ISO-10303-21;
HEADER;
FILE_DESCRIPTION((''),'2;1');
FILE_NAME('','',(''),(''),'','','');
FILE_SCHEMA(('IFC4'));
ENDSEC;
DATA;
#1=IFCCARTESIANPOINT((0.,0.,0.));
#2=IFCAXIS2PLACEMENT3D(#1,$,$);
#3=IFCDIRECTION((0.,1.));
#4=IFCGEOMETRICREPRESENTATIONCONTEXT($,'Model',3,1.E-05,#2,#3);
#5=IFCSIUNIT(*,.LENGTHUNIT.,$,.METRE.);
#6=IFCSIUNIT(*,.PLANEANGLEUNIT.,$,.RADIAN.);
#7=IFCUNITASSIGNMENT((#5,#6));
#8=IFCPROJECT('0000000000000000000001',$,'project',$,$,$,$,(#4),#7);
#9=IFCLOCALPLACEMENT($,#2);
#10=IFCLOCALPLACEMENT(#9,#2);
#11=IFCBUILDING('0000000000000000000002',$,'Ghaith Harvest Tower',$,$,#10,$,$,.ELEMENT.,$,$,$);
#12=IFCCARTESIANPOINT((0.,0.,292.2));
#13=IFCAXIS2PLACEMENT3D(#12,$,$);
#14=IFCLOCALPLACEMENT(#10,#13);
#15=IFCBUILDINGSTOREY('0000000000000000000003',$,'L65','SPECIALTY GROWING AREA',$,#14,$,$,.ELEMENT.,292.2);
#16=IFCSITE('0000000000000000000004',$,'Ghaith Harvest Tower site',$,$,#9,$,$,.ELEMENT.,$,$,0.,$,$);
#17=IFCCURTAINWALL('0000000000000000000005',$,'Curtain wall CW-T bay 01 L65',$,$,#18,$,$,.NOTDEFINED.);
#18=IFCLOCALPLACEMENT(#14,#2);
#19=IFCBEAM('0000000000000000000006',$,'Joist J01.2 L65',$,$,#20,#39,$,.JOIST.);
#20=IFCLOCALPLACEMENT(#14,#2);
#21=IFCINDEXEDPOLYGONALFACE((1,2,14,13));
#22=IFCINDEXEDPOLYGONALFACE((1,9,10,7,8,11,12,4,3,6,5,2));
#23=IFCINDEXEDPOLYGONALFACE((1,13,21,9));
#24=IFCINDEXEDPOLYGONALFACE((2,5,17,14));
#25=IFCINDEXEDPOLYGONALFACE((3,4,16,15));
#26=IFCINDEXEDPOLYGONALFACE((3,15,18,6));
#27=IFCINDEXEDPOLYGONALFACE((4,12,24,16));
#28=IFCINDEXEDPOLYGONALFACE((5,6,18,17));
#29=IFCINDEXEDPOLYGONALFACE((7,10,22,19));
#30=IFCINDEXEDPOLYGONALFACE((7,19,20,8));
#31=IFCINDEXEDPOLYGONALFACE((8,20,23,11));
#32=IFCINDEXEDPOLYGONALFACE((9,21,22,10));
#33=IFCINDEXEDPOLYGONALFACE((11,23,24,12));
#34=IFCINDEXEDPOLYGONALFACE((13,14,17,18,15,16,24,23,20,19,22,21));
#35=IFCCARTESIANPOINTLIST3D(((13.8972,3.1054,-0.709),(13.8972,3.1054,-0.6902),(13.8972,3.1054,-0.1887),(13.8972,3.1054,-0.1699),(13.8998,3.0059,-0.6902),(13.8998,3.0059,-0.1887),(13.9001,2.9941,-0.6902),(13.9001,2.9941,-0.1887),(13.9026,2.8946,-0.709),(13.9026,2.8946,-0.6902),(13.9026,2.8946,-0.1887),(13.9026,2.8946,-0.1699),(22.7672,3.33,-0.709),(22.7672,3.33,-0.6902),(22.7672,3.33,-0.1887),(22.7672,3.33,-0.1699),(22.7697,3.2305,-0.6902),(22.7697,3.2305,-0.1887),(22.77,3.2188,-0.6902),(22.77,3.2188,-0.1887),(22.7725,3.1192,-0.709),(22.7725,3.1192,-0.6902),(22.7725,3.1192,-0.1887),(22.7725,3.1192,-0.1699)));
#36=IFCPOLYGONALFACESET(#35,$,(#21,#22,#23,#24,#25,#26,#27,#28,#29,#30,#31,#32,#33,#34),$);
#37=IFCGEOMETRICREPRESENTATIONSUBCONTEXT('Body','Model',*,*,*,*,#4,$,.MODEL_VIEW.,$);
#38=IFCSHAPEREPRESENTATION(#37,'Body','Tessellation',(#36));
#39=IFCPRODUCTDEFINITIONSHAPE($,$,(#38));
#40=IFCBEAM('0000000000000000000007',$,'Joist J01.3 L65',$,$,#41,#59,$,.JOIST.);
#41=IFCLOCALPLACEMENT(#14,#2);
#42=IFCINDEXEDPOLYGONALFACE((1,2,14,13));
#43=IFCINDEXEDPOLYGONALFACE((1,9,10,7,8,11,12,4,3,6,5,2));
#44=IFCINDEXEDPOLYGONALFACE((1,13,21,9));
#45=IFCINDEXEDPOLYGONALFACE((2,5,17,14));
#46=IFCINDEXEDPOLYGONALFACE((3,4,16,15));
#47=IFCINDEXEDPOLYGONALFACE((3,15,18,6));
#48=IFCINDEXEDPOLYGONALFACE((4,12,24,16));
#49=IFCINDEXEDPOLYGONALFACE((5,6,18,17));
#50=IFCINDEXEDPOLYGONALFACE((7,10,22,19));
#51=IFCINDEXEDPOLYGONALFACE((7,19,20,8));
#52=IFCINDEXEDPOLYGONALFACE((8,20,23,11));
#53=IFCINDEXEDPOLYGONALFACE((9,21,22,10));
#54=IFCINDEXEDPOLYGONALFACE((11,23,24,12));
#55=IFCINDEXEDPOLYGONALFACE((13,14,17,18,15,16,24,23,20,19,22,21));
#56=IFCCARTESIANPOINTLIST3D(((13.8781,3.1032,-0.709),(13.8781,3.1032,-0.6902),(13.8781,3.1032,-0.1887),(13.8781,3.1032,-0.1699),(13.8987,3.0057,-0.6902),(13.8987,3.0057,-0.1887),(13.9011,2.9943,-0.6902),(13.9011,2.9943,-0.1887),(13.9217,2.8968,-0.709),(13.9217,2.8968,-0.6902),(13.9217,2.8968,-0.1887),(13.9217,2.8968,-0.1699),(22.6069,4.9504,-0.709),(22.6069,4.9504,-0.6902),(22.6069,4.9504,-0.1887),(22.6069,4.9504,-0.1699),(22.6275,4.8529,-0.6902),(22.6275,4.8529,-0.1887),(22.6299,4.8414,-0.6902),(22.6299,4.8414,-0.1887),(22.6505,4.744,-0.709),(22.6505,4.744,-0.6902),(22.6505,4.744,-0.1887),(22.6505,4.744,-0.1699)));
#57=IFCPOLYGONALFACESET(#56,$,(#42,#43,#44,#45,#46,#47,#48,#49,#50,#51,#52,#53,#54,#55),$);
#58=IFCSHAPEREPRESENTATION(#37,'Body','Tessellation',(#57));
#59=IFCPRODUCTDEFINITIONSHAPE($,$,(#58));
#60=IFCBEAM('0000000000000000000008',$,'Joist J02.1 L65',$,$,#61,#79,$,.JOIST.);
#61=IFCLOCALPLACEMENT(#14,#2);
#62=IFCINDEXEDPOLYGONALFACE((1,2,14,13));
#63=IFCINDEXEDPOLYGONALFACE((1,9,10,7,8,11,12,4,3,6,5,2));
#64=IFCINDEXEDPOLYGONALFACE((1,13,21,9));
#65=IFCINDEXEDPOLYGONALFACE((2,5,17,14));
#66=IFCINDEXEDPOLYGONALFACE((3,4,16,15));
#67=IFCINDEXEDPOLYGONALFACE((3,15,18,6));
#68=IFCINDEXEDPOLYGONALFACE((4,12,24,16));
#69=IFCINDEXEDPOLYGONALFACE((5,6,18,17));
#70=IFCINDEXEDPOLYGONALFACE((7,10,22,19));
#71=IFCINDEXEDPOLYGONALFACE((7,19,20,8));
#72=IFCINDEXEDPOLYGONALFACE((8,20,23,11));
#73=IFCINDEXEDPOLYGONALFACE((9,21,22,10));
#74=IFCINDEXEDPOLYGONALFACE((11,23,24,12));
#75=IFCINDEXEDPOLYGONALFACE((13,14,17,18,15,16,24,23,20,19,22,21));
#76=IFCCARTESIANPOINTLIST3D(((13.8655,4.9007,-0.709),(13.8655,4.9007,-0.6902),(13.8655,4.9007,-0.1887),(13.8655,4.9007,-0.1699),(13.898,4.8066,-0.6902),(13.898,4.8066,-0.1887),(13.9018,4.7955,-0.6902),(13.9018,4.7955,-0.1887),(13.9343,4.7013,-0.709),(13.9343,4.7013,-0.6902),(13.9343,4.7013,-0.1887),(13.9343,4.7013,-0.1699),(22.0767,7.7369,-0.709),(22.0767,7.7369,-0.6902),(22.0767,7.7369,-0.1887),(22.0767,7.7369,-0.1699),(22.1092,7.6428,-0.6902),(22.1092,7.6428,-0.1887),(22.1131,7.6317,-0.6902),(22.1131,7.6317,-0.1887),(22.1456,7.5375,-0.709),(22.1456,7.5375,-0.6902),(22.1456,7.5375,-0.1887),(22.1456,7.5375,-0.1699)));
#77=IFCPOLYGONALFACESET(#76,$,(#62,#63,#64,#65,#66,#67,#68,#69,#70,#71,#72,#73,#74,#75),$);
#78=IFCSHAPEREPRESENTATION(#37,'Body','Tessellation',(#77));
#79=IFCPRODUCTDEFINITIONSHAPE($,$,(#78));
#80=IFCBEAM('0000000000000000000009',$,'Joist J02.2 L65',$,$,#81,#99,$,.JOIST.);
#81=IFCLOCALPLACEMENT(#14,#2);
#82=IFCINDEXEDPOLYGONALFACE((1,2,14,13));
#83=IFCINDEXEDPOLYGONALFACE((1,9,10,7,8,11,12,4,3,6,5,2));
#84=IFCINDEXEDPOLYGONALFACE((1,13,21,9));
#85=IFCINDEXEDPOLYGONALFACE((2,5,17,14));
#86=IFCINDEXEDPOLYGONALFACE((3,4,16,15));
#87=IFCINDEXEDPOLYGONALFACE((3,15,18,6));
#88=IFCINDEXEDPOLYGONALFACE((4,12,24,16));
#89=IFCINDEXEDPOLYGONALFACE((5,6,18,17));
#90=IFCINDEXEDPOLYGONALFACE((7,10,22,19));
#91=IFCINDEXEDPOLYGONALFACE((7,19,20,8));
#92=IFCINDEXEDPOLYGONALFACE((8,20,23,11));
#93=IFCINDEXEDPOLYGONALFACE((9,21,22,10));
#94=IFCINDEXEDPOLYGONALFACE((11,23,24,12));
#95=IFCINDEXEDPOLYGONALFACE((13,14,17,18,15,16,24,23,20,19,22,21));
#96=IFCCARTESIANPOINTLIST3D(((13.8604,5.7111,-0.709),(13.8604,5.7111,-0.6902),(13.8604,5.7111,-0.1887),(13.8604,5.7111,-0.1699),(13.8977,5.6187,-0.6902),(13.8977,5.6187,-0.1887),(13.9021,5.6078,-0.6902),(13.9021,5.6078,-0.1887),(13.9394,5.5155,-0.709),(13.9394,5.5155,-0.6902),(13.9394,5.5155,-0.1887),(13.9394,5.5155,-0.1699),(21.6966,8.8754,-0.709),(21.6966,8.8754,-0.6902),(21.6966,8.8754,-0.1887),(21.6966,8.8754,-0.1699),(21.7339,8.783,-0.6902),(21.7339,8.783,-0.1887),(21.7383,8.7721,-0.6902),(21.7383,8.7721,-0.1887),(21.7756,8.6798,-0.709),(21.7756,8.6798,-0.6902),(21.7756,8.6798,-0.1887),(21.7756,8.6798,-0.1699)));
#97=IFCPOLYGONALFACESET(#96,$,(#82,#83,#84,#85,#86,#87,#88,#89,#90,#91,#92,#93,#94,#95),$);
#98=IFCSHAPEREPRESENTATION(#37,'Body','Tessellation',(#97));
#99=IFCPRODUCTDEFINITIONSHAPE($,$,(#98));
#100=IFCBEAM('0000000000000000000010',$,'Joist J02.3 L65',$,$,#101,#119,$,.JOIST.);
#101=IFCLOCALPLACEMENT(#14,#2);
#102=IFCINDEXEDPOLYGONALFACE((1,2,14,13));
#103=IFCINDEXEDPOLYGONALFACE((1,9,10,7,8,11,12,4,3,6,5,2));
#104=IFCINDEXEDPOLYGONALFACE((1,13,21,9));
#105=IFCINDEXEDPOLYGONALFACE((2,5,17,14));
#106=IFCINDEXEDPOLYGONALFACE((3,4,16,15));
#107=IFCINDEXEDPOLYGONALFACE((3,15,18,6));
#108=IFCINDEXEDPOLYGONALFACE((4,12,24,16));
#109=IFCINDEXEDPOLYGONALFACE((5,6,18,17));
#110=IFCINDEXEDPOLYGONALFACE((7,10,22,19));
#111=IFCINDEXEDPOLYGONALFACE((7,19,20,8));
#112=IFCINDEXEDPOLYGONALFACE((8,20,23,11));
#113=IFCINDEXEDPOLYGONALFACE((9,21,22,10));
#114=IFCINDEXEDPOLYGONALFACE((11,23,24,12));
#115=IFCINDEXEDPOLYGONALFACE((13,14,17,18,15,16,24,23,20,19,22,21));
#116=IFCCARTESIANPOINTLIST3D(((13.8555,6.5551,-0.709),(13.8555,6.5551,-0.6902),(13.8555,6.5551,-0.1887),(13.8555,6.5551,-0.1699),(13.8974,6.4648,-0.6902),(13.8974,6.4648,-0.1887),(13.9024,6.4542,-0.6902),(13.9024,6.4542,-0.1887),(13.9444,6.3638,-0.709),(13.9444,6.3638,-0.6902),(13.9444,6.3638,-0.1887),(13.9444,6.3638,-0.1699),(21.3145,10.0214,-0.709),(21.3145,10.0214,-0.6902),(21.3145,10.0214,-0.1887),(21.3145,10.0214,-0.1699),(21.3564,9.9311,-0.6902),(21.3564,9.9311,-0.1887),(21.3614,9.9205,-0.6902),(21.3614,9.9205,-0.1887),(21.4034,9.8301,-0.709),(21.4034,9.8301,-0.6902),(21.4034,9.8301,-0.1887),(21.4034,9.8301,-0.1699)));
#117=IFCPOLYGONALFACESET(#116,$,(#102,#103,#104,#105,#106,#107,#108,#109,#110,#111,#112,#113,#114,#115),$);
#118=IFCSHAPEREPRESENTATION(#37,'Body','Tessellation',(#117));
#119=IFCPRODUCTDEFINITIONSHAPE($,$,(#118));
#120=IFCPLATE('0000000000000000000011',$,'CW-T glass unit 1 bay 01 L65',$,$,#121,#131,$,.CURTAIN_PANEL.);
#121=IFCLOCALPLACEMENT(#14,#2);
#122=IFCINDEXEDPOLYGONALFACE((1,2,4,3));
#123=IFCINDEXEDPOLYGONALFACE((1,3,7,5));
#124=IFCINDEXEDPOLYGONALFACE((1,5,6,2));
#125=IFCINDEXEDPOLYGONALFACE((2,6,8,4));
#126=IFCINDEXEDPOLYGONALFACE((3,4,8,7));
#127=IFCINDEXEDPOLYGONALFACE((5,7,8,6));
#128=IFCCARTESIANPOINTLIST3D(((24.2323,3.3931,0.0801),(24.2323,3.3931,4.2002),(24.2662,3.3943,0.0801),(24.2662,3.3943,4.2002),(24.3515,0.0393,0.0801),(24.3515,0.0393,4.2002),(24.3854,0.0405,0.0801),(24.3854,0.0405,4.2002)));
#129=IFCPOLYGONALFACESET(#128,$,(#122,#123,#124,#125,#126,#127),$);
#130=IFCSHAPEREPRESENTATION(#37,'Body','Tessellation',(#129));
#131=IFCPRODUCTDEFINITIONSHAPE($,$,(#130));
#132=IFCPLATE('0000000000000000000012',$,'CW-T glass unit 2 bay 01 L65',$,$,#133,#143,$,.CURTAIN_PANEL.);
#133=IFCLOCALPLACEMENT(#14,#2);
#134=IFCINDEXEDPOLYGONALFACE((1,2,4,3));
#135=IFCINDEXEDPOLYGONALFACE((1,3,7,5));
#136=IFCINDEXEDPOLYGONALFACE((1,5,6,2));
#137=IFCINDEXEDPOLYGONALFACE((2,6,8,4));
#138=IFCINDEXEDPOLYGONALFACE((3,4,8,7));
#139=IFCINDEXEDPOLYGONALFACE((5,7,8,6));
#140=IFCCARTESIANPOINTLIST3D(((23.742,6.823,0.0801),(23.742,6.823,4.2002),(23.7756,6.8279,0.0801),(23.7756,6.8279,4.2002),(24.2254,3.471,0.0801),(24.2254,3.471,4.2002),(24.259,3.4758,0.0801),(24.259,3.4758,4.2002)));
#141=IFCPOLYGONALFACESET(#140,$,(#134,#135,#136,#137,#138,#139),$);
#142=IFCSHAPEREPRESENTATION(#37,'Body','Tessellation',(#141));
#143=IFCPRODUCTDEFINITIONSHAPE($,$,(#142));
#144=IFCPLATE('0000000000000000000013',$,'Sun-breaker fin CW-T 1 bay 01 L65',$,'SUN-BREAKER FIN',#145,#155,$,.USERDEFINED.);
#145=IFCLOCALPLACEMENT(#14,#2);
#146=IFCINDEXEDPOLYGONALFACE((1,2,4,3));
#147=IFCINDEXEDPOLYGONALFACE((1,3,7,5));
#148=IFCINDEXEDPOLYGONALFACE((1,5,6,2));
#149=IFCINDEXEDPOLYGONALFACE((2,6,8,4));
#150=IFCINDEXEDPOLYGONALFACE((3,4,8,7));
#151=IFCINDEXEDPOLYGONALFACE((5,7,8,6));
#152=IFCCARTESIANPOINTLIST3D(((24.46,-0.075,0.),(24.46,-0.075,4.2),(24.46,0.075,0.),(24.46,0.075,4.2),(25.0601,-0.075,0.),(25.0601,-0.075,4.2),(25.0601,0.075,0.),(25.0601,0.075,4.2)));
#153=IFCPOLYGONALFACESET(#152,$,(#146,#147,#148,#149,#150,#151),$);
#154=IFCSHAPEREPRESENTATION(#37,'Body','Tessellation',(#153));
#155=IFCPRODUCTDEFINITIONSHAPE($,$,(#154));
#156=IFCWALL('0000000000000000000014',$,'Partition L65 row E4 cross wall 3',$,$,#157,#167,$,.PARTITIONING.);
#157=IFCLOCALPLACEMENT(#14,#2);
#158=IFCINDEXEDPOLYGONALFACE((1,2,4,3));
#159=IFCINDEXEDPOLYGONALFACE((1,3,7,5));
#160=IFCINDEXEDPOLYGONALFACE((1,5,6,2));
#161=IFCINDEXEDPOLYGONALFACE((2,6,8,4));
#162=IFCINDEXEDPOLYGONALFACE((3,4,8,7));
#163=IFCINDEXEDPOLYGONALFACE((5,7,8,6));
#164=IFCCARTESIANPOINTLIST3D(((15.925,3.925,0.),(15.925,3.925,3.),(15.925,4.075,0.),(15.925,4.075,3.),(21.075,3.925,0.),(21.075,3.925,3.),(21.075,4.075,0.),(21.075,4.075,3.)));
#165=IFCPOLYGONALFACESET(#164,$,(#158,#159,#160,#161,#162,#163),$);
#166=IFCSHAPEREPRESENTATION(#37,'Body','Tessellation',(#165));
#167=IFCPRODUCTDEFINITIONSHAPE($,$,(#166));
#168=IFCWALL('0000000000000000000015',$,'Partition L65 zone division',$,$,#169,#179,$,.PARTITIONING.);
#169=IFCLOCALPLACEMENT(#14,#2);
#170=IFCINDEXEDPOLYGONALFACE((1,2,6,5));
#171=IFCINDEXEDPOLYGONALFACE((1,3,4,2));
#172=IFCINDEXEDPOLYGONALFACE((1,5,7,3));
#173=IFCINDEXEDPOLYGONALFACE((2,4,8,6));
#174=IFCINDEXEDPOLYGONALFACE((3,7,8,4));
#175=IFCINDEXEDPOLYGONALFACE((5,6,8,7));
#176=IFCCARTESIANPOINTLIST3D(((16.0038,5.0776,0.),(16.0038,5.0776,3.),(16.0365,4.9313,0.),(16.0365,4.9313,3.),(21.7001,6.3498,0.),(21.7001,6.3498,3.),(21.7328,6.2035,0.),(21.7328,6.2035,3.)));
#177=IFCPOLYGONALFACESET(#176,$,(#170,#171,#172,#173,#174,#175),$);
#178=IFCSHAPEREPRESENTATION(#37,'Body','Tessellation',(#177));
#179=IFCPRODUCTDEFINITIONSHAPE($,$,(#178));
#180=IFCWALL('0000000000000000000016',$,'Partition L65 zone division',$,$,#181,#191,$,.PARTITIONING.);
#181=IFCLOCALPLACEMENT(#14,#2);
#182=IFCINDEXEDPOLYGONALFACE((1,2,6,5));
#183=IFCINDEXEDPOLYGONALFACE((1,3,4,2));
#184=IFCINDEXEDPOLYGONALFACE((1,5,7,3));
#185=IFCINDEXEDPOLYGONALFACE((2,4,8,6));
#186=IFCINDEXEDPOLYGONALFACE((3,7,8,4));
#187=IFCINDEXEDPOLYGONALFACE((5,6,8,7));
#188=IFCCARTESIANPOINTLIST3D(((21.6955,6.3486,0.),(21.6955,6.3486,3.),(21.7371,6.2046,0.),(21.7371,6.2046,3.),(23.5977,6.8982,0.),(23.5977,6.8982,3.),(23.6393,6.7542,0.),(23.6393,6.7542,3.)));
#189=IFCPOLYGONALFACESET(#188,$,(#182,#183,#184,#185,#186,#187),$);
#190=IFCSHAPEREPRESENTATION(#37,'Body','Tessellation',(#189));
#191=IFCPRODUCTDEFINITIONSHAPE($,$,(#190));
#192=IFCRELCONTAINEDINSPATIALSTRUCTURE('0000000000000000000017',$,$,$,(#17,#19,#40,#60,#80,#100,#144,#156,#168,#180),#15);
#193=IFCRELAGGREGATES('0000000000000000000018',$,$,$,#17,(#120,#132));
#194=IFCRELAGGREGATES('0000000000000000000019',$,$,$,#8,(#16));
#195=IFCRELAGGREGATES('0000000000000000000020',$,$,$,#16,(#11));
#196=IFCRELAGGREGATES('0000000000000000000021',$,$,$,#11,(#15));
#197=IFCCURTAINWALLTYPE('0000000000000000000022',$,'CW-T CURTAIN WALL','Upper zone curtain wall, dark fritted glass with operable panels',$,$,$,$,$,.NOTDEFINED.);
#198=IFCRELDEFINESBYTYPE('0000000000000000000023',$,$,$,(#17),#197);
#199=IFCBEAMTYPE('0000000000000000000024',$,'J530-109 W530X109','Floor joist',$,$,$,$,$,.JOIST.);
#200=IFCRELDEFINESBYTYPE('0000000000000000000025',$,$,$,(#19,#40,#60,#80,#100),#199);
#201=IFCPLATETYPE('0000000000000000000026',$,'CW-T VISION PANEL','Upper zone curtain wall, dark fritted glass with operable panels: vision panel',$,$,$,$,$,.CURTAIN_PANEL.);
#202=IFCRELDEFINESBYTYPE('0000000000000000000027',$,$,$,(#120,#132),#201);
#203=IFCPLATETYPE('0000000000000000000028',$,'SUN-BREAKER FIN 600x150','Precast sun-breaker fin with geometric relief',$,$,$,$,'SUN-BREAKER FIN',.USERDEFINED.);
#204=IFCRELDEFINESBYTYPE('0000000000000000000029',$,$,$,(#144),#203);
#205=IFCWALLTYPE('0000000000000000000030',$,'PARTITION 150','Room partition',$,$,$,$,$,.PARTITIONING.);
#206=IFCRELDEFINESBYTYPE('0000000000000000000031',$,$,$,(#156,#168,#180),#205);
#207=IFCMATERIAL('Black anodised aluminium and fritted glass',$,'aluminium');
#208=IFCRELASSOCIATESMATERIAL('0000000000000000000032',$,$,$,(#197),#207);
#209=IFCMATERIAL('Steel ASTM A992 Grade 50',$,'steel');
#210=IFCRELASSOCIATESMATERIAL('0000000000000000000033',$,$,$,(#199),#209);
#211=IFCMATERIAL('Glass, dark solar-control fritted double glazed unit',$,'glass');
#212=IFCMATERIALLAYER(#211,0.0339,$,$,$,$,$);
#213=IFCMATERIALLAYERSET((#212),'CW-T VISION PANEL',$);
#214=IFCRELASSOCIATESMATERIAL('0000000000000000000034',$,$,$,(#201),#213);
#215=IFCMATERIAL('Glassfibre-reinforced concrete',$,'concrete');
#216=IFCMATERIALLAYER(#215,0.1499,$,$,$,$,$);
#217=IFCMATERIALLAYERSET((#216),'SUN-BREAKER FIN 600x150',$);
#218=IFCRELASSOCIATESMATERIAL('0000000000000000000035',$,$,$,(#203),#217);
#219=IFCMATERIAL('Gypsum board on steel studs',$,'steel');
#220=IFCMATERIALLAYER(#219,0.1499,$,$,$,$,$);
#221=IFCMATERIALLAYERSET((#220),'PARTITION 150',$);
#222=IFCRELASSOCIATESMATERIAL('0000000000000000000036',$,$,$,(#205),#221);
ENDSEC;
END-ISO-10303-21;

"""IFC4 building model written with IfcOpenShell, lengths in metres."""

from ifc_helpers import new_model, si_unit, direction, frame, frame_2d, origin, origin_2d, place, context, subcontext, project, spatial, rectangle, i_section, extrude, material, layer, layer_set, material_profile, profile_set, type_object, element, aggregate, save


model = new_model("IFC4")

# Units and contexts
model_context = context("Model", 3, precision=1e-05, world=origin(), true_north=direction((0.0, 1.0)))
body_context = subcontext(model_context, "Body", "Model", "MODEL_VIEW")
ifc_project = project(units=[si_unit("LENGTHUNIT", "METRE"), si_unit("PLANEANGLEUNIT", "RADIAN")], contexts=[model_context])

# Site, building, storey
site_placement = place(None, origin())
site = spatial("IfcSite", under=ifc_project, at=site_placement, Name="Ghaith Harvest Tower site", CompositionType="ELEMENT", RefElevation=0.0)
building_placement = place(site_placement, origin())
building = spatial("IfcBuilding", under=site, at=building_placement, Name="Ghaith Harvest Tower", CompositionType="ELEMENT")
storey_placement = place(building_placement, frame((0.0, 0.0, 292.2)))
storey = spatial("IfcBuildingStorey", under=building, at=storey_placement, Name="L65", Description="SPECIALTY GROWING AREA", CompositionType="ELEMENT", Elevation=292.2)

# Curtain wall
ifc_material_1 = material(Name="Black anodised aluminium and fritted glass", Category="aluminium")
curtain_wall_type = type_object("IfcCurtainWallType", Name="CW-T CURTAIN WALL", Description="Upper zone curtain wall, dark fritted glass with operable panels", PredefinedType="NOTDEFINED", material=ifc_material_1)
curtain_wall_placement = place(storey_placement, origin())
curtain_wall = element("IfcCurtainWall", 1, at=curtain_wall_placement, inside=storey, type_object=curtain_wall_type, Name="Curtain wall CW-T bay 01 L65", PredefinedType="NOTDEFINED")

# Beams
ifc_material_2 = material(Name="Steel ASTM A992 Grade 50", Category="steel")
ifc_material_profile_1 = material_profile(ifc_material_2, i_section(OverallWidth=0.2109, OverallDepth=0.5391, WebThickness=0.0117, FlangeThickness=0.0188, at=origin_2d()), Name="W530X109")
ifc_profile_set_1 = profile_set([ifc_material_profile_1], Name="Steel ASTM A992 Grade 50")
beam_type_1 = type_object("IfcBeamType", Name="J530-109 W530X109", Description="Floor joist", PredefinedType="JOIST", material=ifc_profile_set_1)
beam_1_placement = place(storey_placement, frame((13.8999, 3.0, -0.4395), z_axis=(0.99968, 0.025315, 0.0), x_axis=(-0.025315, 0.99968, 0.0)))
element("IfcBeam", 2, at=beam_1_placement, inside=storey, type_object=beam_type_1, Name="Joist J01.2 L65", PredefinedType="JOIST", context=body_context, shape_type="SweptSolid", body=[
    extrude(i_section(OverallWidth=0.2109, OverallDepth=0.5391, WebThickness=0.0117, FlangeThickness=0.0188, at=origin_2d()), origin(), (0.0, 0.0, 1.0), 8.8728),
])
beam_2_placement = place(storey_placement, frame((13.8999, 3.0, -0.4395), z_axis=(0.978334, 0.207034, 0.0), x_axis=(-0.207034, 0.978334, 0.0)))
element("IfcBeam", 3, at=beam_2_placement, inside=storey, type_object=beam_type_1, Name="Joist J01.3 L65", PredefinedType="JOIST", context=body_context, shape_type="SweptSolid", body=[
    extrude(i_section(OverallWidth=0.2109, OverallDepth=0.5391, WebThickness=0.0117, FlangeThickness=0.0188, at=origin_2d()), origin(), (0.0, 0.0, 1.0), 8.9221),
])
beam_3_placement = place(storey_placement, frame((13.8999, 4.801, -0.4395), z_axis=(0.945205, 0.326478, 0.0), x_axis=(-0.326478, 0.945205, 0.0)))
element("IfcBeam", 4, at=beam_3_placement, inside=storey, type_object=beam_type_1, Name="Joist J02.1 L65", PredefinedType="JOIST", context=body_context, shape_type="SweptSolid", body=[
    extrude(i_section(OverallWidth=0.2109, OverallDepth=0.5391, WebThickness=0.0117, FlangeThickness=0.0188, at=origin_2d()), origin(), (0.0, 0.0, 1.0), 8.6873),
])
beam_4_placement = place(storey_placement, frame((13.8999, 5.6133, -0.4395), z_axis=(0.927254, 0.374432, 0.0), x_axis=(-0.374432, 0.927254, 0.0)))
element("IfcBeam", 5, at=beam_4_placement, inside=storey, type_object=beam_type_1, Name="Joist J02.2 L65", PredefinedType="JOIST", context=body_context, shape_type="SweptSolid", body=[
    extrude(i_section(OverallWidth=0.2109, OverallDepth=0.5391, WebThickness=0.0117, FlangeThickness=0.0188, at=origin_2d()), origin(), (0.0, 0.0, 1.0), 8.4509),
])
beam_5_placement = place(storey_placement, frame((13.8999, 6.4595, -0.4395), z_axis=(0.90686, 0.421432, 0.0), x_axis=(-0.421432, 0.90686, 0.0)))
element("IfcBeam", 6, at=beam_5_placement, inside=storey, type_object=beam_type_1, Name="Joist J02.3 L65", PredefinedType="JOIST", context=body_context, shape_type="SweptSolid", body=[
    extrude(i_section(OverallWidth=0.2109, OverallDepth=0.5391, WebThickness=0.0117, FlangeThickness=0.0188, at=origin_2d()), origin(), (0.0, 0.0, 1.0), 8.2251),
])

# Plates
ifc_material_3 = material(Name="Glass, dark solar-control fritted double glazed unit", Category="glass")
ifc_layer_1 = layer(ifc_material_3, 0.0339)
ifc_layer_set_1 = layer_set([ifc_layer_1], Name="CW-T VISION PANEL")
plate_type_1 = type_object("IfcPlateType", Name="CW-T VISION PANEL", Description="Upper zone curtain wall, dark fritted glass with operable panels: vision panel", PredefinedType="CURTAIN_PANEL", material=ifc_layer_set_1)
plate_1_placement = place(storey_placement, frame((24.3088, 1.7168, 0.0801), z_axis=(0.0, 0.0, 1.0), x_axis=(-0.035536, 0.999368, 0.0)))
plate_1 = element("IfcPlate", 7, at=plate_1_placement, type_object=plate_type_1, Name="CW-T glass unit 1 bay 01 L65", PredefinedType="CURTAIN_PANEL", context=body_context, shape_type="SweptSolid", body=[
    extrude(rectangle(XDim=3.356, YDim=0.0339, at=origin_2d()), origin(), (0.0, 0.0, 1.0), 4.1201),
])
plate_2_placement = place(storey_placement, frame((24.0005, 5.1494, 0.0801), z_axis=(0.0, 0.0, 1.0), x_axis=(-0.14273, 0.989762, 0.0)))
plate_2 = element("IfcPlate", 8, at=plate_2_placement, type_object=plate_type_1, Name="CW-T glass unit 2 bay 01 L65", PredefinedType="CURTAIN_PANEL", context=body_context, shape_type="SweptSolid", body=[
    extrude(rectangle(XDim=3.3867, YDim=0.0339, at=origin_2d()), origin(), (0.0, 0.0, 1.0), 4.1201),
])
aggregate(curtain_wall, [plate_1, plate_2])
ifc_material_4 = material(Name="Glassfibre-reinforced concrete", Category="concrete")
ifc_layer_2 = layer(ifc_material_4, 0.1499)
ifc_layer_set_2 = layer_set([ifc_layer_2], Name="SUN-BREAKER FIN 600x150")
plate_type_2 = type_object("IfcPlateType", Name="SUN-BREAKER FIN 600x150", Description="Precast sun-breaker fin with geometric relief", ElementType="SUN-BREAKER FIN", PredefinedType="USERDEFINED", material=ifc_layer_set_2)
plate_3_placement = place(storey_placement, frame((24.76, 0.0, 0.0), z_axis=(0.0, 0.0, 1.0), x_axis=(1.0, 0.0, 0.0)))
element("IfcPlate", 9, at=plate_3_placement, inside=storey, type_object=plate_type_2, Name="Sun-breaker fin CW-T 1 bay 01 L65", ObjectType="SUN-BREAKER FIN", PredefinedType="USERDEFINED", context=body_context, shape_type="SweptSolid", body=[
    extrude(rectangle(XDim=0.6001, YDim=0.1499, at=origin_2d()), origin(), (0.0, 0.0, 1.0), 4.2),
])

# Walls
ifc_material_5 = material(Name="Gypsum board on steel studs", Category="steel")
ifc_layer_3 = layer(ifc_material_5, 0.1499)
ifc_layer_set_3 = layer_set([ifc_layer_3], Name="PARTITION 150")
wall_type = type_object("IfcWallType", Name="PARTITION 150", Description="Room partition", PredefinedType="PARTITIONING", material=ifc_layer_set_3)
wall_1_placement = place(storey_placement, frame((15.925, 4.0, 0.0), z_axis=(0.0, 0.0, 1.0), x_axis=(1.0, 0.0, 0.0)))
element("IfcWall", 10, at=wall_1_placement, inside=storey, type_object=wall_type, Name="Partition L65 row E4 cross wall 3", PredefinedType="PARTITIONING", context=body_context, shape_type="SweptSolid", body=[
    extrude(rectangle(XDim=5.1499, YDim=0.1499, at=frame_2d((2.575, 0.0))), origin(), (0.0, 0.0, 1.0), 3.0),
])
wall_2_placement = place(storey_placement, frame((16.02, 5.0044, 0.0), z_axis=(0.0, 0.0, 1.0), x_axis=(0.975955, 0.217971, 0.0)))
element("IfcWall", 11, at=wall_2_placement, inside=storey, type_object=wall_type, Name="Partition L65 zone division", PredefinedType="PARTITIONING", context=body_context, shape_type="SweptSolid", body=[
    extrude(rectangle(XDim=5.8367, YDim=0.1499, at=frame_2d((2.9185, 0.0))), origin(), (0.0, 0.0, 1.0), 3.0),
])
wall_3_placement = place(storey_placement, frame((21.7163, 6.2766, 0.0), z_axis=(0.0, 0.0, 1.0), x_axis=(0.960705, 0.27757, 0.0)))
element("IfcWall", 12, at=wall_3_placement, inside=storey, type_object=wall_type, Name="Partition L65 zone division", PredefinedType="PARTITIONING", context=body_context, shape_type="SweptSolid", body=[
    extrude(rectangle(XDim=1.98, YDim=0.1499, at=frame_2d((0.99, 0.0))), origin(), (0.0, 0.0, 1.0), 3.0),
])

save(model, "model.ifc")
